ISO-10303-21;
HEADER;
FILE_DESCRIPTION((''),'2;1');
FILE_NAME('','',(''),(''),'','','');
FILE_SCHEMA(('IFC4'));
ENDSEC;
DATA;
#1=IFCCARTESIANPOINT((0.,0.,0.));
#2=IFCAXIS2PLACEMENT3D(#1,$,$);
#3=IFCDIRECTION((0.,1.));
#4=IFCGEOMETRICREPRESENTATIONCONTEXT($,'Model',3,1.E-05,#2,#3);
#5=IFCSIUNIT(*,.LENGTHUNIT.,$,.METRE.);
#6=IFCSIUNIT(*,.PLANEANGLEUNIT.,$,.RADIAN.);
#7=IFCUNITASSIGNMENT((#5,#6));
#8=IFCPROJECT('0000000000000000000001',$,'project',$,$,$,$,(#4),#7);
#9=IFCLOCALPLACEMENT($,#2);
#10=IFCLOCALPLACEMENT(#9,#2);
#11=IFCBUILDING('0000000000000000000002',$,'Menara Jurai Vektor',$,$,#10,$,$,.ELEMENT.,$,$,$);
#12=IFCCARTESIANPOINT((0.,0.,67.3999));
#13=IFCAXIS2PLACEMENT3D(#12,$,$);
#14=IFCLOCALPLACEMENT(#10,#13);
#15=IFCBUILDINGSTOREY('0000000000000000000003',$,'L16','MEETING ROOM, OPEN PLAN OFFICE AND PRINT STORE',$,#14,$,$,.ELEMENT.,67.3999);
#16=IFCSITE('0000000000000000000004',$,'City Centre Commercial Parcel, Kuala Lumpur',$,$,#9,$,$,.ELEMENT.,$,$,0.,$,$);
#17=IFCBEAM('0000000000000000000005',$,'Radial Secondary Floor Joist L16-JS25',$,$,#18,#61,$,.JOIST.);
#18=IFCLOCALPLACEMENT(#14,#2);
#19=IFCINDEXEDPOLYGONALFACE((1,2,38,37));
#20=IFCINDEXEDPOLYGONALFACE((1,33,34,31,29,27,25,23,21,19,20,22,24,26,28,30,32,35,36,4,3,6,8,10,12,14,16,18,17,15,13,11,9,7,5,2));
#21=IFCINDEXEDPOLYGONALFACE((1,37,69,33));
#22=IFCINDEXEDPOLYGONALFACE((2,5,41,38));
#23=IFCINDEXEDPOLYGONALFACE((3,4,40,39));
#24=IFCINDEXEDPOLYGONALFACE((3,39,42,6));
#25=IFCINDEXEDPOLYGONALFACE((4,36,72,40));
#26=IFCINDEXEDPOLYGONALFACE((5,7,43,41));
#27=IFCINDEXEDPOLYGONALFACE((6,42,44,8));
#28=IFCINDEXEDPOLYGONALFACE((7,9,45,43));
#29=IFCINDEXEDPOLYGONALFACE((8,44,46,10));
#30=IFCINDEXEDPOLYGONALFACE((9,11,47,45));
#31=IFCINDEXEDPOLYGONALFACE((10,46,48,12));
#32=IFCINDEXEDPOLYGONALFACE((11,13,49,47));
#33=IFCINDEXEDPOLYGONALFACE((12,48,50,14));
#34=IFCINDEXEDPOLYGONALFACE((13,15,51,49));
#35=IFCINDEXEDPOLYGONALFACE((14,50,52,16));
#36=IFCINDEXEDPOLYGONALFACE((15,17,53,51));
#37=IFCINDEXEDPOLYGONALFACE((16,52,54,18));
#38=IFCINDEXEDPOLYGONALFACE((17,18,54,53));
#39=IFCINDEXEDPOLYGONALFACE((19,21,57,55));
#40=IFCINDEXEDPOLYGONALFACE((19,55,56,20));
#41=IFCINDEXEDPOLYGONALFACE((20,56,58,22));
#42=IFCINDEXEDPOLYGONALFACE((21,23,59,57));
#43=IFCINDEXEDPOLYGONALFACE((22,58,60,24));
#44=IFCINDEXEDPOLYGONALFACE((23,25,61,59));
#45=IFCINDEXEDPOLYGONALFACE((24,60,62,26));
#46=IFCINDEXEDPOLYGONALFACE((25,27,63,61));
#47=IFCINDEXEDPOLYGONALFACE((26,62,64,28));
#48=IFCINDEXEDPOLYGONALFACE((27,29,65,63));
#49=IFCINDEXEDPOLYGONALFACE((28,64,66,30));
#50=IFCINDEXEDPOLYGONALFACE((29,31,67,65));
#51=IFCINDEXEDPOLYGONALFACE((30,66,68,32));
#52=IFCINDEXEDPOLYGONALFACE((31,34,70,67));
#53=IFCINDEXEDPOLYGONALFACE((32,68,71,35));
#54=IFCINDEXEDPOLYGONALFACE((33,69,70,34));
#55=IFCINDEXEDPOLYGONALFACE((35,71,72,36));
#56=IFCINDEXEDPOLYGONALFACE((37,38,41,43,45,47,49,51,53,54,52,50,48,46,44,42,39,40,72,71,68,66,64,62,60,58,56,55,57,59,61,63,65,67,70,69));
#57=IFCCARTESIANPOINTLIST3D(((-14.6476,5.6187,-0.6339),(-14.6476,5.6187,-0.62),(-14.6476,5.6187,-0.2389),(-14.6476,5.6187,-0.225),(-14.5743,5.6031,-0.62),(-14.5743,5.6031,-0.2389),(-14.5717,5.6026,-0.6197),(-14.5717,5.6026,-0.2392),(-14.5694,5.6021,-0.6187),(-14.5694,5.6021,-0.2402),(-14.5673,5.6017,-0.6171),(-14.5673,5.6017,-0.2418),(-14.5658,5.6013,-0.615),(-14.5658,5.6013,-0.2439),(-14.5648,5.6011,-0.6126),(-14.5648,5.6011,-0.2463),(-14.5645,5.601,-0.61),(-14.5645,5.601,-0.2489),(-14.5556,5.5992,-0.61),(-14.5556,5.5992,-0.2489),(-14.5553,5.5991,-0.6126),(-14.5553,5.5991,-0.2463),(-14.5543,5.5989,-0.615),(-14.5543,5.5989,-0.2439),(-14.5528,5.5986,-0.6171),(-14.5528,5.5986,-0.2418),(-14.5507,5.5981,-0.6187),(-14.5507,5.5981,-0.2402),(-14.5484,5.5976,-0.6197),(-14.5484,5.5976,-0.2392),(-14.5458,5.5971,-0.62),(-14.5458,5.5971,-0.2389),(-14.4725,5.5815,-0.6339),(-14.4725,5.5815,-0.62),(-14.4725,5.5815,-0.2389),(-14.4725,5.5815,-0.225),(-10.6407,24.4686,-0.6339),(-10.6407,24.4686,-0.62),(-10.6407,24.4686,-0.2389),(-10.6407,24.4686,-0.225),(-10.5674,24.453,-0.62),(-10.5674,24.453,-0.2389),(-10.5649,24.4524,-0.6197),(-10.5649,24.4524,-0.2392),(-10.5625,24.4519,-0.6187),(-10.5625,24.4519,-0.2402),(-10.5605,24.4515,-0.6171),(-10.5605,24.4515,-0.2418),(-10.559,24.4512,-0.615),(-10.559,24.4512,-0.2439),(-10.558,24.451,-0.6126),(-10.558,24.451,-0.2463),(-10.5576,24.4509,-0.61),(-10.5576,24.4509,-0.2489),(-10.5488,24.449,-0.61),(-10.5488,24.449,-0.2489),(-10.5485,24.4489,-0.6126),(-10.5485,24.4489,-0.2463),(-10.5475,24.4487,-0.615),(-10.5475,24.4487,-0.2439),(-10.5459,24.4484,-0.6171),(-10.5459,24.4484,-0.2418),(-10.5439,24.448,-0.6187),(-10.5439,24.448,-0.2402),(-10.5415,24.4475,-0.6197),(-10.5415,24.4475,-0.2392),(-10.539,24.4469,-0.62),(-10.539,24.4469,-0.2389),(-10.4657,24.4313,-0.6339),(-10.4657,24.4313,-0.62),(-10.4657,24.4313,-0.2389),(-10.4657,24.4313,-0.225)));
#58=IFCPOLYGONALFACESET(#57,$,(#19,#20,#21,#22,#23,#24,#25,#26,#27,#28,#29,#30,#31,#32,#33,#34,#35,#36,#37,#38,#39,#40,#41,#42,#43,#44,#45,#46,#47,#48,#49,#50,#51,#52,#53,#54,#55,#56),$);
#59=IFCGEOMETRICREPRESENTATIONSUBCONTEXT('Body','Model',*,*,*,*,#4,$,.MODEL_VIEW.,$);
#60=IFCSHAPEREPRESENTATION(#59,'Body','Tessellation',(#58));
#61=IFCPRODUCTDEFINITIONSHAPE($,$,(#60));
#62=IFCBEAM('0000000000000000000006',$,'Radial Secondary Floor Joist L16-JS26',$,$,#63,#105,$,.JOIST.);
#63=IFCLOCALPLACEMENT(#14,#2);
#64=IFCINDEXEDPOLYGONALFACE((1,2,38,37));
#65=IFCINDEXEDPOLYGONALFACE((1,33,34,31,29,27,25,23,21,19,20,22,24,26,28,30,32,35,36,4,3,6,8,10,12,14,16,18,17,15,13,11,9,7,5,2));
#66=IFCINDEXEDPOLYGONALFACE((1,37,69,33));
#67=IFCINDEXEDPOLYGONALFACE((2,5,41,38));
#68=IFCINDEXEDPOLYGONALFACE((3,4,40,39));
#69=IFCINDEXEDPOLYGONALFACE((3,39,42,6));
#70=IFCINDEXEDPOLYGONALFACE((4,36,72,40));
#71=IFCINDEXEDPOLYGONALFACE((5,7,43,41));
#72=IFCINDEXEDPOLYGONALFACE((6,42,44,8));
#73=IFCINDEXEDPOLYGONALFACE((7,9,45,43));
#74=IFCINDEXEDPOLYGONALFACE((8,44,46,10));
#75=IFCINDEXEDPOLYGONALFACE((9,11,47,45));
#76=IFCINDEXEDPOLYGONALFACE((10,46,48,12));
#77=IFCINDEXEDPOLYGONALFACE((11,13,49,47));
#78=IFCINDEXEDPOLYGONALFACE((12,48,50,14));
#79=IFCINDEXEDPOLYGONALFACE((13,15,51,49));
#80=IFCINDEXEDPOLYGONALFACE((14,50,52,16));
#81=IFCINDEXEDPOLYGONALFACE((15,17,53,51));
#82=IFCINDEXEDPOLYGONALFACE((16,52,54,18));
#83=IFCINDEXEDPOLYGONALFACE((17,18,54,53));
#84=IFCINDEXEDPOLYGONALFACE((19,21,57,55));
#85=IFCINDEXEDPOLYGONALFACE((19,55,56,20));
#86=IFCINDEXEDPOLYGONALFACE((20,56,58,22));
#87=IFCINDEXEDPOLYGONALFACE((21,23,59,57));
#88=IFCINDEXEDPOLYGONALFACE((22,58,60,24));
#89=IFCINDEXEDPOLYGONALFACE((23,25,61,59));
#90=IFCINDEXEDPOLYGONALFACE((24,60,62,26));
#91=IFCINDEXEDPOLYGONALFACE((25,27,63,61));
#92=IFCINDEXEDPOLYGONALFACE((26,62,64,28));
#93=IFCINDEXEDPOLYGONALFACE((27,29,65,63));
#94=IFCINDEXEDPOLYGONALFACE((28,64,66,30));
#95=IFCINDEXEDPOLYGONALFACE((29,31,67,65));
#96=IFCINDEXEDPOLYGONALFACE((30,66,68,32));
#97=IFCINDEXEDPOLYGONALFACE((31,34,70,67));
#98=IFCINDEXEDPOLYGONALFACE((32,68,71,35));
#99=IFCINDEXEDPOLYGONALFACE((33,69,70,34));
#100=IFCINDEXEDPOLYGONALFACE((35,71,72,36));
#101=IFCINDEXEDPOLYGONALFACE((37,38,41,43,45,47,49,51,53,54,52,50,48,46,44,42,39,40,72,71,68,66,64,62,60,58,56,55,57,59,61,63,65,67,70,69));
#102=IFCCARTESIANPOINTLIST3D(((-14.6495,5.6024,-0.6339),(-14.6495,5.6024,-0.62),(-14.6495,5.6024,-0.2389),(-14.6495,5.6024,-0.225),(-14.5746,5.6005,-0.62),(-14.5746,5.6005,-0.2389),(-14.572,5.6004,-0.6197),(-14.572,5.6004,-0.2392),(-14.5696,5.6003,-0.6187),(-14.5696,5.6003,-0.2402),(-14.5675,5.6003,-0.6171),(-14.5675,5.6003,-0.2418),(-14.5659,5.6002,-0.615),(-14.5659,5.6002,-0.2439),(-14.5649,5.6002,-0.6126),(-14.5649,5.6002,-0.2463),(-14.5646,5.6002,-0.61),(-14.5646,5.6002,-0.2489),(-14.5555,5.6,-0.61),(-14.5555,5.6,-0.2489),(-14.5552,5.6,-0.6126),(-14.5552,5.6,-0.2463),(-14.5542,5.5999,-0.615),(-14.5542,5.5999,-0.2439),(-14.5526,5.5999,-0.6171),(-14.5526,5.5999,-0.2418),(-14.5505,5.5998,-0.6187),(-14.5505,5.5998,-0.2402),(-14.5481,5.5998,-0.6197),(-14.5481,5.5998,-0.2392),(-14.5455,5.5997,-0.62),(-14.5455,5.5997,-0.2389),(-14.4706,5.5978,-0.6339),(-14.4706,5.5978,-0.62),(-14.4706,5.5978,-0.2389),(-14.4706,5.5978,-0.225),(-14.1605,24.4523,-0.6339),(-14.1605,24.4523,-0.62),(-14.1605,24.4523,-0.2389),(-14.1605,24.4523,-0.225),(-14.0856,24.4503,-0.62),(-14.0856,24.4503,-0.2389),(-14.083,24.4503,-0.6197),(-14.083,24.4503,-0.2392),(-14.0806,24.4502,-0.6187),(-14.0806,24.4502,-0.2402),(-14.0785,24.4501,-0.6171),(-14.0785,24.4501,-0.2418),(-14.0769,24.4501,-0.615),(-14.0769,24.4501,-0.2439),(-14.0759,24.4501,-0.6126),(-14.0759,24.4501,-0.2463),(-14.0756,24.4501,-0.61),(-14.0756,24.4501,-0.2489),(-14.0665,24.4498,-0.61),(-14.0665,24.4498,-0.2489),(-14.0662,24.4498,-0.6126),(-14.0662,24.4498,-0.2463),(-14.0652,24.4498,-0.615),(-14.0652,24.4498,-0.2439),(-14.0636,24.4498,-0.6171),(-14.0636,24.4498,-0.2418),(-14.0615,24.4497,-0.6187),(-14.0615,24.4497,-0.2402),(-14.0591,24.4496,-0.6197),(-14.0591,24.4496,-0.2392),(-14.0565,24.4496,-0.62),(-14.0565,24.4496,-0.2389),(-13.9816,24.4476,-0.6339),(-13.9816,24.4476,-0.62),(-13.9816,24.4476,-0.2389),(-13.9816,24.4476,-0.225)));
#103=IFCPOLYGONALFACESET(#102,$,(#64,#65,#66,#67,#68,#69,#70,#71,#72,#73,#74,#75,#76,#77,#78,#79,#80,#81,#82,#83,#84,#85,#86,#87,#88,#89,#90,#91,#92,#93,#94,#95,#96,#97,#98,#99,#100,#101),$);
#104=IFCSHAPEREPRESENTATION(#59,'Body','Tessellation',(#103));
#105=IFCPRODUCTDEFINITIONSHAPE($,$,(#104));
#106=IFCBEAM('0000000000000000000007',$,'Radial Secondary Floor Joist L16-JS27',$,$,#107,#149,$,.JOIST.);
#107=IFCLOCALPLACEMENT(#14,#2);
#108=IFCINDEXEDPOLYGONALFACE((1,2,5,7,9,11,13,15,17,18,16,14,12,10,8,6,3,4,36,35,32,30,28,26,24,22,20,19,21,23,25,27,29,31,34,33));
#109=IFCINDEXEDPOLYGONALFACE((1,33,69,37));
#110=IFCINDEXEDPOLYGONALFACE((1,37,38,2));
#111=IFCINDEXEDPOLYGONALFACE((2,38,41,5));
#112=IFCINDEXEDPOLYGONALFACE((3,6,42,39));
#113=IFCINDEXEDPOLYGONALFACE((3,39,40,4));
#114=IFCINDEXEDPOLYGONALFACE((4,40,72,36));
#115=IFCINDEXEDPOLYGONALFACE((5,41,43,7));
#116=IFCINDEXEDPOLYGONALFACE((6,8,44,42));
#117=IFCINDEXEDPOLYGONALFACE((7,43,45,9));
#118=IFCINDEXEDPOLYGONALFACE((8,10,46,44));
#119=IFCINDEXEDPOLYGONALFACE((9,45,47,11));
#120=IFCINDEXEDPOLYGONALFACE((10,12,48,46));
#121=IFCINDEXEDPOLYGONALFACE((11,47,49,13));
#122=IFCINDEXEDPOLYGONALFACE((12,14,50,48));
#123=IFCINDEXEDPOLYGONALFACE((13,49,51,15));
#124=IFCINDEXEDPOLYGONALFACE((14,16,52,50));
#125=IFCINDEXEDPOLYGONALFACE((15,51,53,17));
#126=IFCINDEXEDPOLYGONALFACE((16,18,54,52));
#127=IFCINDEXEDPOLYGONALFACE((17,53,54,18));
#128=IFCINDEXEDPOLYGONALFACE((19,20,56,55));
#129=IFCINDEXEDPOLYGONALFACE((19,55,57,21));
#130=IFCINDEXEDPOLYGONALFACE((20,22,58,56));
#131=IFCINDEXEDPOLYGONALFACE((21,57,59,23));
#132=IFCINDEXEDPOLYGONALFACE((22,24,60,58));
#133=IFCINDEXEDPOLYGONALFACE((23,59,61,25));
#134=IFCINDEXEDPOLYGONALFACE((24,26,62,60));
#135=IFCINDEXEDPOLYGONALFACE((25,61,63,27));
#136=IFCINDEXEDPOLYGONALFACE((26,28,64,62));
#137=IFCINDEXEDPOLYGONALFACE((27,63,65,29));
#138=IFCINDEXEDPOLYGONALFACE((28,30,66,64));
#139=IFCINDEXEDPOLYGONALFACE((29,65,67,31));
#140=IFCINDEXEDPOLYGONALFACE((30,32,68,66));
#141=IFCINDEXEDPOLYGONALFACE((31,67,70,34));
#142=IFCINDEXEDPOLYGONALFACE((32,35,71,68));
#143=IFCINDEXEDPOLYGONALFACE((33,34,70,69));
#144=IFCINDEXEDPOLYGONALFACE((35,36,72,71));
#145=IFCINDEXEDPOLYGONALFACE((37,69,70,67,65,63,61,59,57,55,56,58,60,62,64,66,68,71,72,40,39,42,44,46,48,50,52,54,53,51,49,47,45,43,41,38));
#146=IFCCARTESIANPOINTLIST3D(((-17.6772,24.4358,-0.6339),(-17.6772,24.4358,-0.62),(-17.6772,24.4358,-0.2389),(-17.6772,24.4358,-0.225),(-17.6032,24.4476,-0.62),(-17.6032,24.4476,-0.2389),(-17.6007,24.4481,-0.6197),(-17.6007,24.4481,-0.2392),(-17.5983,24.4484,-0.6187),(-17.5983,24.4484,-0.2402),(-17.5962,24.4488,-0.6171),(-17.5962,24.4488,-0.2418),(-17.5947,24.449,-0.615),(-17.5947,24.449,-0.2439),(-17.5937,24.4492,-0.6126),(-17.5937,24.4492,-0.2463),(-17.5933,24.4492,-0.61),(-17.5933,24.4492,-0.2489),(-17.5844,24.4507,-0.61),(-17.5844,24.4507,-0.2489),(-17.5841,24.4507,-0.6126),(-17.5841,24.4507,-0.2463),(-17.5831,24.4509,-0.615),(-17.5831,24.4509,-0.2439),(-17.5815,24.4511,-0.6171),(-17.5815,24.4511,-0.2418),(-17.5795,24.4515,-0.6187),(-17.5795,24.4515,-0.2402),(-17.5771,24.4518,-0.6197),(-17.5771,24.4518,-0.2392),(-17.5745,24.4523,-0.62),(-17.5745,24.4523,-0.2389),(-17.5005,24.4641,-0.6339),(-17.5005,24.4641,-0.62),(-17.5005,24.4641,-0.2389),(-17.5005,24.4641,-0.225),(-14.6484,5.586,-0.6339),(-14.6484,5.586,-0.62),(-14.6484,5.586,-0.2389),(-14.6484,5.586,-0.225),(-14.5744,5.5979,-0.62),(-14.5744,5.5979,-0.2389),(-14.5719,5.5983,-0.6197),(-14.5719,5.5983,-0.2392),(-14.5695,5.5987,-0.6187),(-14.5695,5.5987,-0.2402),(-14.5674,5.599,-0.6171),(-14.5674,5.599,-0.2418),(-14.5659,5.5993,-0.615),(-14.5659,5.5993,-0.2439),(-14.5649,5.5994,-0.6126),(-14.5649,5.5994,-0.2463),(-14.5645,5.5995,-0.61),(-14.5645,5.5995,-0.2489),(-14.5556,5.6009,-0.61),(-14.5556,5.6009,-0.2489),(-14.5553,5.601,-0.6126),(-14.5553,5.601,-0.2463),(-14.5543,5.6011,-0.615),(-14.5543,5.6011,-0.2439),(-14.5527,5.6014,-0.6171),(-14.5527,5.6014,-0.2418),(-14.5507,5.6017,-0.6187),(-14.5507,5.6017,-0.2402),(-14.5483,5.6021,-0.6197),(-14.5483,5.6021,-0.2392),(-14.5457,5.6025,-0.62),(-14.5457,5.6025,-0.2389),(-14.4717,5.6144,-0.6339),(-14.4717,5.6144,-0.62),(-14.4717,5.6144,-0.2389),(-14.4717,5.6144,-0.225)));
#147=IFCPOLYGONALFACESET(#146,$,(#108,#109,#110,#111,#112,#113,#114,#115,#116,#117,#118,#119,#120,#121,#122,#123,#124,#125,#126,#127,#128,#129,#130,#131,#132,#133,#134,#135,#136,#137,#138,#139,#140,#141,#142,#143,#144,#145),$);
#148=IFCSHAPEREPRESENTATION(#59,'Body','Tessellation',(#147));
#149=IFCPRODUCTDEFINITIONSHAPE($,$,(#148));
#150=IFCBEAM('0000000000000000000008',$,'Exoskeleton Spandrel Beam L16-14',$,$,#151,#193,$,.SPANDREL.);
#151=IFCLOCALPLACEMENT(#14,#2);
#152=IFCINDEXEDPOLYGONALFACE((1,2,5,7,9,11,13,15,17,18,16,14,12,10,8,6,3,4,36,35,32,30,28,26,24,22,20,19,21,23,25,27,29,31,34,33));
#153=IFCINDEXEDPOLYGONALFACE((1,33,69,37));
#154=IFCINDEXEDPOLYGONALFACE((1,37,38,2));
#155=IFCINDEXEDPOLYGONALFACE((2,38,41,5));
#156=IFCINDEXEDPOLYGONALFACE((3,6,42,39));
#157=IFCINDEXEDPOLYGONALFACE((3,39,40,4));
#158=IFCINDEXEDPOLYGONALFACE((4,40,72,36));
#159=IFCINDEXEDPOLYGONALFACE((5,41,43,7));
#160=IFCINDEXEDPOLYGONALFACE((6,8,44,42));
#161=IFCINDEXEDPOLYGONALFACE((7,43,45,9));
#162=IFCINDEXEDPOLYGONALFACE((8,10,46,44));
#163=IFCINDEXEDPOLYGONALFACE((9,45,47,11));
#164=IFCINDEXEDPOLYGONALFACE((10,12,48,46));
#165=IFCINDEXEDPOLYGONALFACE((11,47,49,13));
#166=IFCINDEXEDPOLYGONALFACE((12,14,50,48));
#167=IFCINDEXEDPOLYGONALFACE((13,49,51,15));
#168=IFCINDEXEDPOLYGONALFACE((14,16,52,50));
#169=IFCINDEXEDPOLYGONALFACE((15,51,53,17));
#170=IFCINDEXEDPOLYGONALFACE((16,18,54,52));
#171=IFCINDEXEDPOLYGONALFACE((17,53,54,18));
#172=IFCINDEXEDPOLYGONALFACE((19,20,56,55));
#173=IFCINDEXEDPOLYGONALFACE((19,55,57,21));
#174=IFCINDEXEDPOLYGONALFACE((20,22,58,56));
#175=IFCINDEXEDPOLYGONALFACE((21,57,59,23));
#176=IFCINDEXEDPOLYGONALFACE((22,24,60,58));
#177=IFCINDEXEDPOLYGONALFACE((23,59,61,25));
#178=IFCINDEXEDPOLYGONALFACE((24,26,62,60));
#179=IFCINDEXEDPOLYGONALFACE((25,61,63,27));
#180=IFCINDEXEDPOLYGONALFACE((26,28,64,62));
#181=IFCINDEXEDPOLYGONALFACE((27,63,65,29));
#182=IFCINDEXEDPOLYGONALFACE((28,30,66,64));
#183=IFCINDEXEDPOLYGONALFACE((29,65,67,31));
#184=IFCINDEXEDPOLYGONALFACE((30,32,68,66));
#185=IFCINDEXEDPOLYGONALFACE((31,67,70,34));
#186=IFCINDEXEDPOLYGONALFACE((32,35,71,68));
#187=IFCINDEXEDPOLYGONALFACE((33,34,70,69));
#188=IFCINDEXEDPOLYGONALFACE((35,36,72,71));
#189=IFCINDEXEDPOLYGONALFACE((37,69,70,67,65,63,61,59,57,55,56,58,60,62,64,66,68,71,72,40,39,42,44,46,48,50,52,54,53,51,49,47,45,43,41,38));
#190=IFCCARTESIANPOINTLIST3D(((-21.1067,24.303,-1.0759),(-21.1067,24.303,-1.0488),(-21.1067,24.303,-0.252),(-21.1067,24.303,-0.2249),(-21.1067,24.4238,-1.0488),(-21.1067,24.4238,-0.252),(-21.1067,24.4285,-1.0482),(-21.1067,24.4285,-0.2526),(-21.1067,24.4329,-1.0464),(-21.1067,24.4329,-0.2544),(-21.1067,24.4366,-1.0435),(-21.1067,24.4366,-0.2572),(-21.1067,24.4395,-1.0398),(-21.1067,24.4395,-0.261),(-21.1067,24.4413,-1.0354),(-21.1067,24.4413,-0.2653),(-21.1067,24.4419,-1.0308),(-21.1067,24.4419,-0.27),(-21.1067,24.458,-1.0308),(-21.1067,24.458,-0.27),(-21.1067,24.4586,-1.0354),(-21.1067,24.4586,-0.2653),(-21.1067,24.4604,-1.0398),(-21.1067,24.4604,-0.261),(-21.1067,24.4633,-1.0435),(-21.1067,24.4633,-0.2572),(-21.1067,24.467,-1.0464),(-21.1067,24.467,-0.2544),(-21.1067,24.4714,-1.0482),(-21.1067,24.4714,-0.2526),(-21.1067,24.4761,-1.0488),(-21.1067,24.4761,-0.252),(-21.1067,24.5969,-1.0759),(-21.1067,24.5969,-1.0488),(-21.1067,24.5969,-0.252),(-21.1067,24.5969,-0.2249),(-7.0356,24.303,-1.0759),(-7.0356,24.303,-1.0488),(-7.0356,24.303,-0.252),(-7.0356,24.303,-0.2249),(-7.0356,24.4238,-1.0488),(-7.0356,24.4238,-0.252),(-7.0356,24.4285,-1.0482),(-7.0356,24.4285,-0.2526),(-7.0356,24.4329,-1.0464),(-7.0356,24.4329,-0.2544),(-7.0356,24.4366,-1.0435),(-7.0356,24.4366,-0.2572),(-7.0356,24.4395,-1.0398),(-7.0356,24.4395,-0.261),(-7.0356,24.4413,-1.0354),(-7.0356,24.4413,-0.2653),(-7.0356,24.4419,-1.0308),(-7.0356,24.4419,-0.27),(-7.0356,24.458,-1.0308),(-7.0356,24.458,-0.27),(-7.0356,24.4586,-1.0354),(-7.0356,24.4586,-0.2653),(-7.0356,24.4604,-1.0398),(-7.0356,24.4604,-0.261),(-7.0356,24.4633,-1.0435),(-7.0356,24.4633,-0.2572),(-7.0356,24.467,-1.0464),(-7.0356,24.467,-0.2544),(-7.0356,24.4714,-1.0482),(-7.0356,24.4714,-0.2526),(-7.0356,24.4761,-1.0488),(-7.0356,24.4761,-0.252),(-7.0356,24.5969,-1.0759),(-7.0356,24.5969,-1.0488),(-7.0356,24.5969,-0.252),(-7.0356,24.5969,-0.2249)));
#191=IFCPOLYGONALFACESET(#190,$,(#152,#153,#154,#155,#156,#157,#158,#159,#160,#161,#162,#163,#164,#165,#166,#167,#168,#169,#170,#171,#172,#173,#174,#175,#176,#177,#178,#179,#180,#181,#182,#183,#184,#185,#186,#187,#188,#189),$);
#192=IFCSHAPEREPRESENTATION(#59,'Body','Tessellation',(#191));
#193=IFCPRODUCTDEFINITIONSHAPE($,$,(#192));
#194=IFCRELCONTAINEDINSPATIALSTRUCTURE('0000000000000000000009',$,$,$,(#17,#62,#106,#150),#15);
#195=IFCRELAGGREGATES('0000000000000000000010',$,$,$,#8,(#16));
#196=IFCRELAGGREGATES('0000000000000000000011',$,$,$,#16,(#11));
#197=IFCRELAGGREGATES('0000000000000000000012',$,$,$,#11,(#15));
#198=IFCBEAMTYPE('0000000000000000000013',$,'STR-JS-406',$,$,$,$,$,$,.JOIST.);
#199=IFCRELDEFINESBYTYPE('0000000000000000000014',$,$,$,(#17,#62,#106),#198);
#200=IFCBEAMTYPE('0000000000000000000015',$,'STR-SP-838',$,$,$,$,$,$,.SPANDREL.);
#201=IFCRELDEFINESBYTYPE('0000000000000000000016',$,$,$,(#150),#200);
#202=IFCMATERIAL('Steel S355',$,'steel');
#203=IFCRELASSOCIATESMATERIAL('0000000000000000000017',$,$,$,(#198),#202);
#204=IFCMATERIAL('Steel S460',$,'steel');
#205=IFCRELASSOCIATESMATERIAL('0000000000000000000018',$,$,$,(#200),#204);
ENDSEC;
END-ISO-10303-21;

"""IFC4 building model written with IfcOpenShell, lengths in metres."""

from ifc_helpers import new_model, si_unit, direction, frame, origin, origin_2d, place, context, subcontext, project, spatial, i_section, extrude, material, material_profile, profile_set, type_object, element, save


model = new_model("IFC4")

# Units and contexts
model_context = context("Model", 3, precision=1e-05, world=origin(), true_north=direction((0.0, 1.0)))
body_context = subcontext(model_context, "Body", "Model", "MODEL_VIEW")
ifc_project = project(units=[si_unit("LENGTHUNIT", "METRE"), si_unit("PLANEANGLEUNIT", "RADIAN")], contexts=[model_context])

# Site, building, storey
site_placement = place(None, origin())
site = spatial("IfcSite", under=ifc_project, at=site_placement, Name="City Centre Commercial Parcel, Kuala Lumpur", CompositionType="ELEMENT", RefElevation=0.0)
building_placement = place(site_placement, origin())
building = spatial("IfcBuilding", under=site, at=building_placement, Name="Menara Jurai Vektor", CompositionType="ELEMENT")
storey_placement = place(building_placement, frame((0.0, 0.0, 67.3999)))
storey = spatial("IfcBuildingStorey", under=building, at=storey_placement, Name="L16", Description="MEETING ROOM, OPEN PLAN OFFICE AND PRINT STORE", CompositionType="ELEMENT", Elevation=67.3999)

# Shared definitions
ifc_material_1 = material(Name="Steel S460", Category="steel")

# Beams
ifc_material_2 = material(Name="Steel S355", Category="steel")
ifc_material_profile_1 = material_profile(ifc_material_2, i_section(OverallWidth=0.179, OverallDepth=0.4089, WebThickness=0.009, FlangeThickness=0.0139, FilletRadius=0.01, at=origin_2d()), Name="UKB 406x178x67")
ifc_profile_set_1 = profile_set([ifc_material_profile_1], Name="Steel S355")
beam_type_1 = type_object("IfcBeamType", Name="STR-JS-406", PredefinedType="JOIST", material=ifc_profile_set_1)
beam_1_placement = place(storey_placement, frame((-10.5532, 24.45, -0.4294), z_axis=(-0.20792, -0.978146, 0.0), x_axis=(0.978146, -0.20792, 0.0)))
element("IfcBeam", 1, at=beam_1_placement, inside=storey, type_object=beam_type_1, Name="Radial Secondary Floor Joist L16-JS25", PredefinedType="JOIST", context=body_context, shape_type="SweptSolid", body=[
    extrude(i_section(OverallWidth=0.179, OverallDepth=0.4089, WebThickness=0.009, FlangeThickness=0.0139, FilletRadius=0.01, at=origin_2d()), origin(), (0.0, 0.0, 1.0), 19.271),
])
beam_2_placement = place(storey_placement, frame((-14.071, 24.45, -0.4294), z_axis=(-0.025934, -0.999664, 0.0), x_axis=(0.999664, -0.025934, 0.0)))
element("IfcBeam", 2, at=beam_2_placement, inside=storey, type_object=beam_type_1, Name="Radial Secondary Floor Joist L16-JS26", PredefinedType="JOIST", context=body_context, shape_type="SweptSolid", body=[
    extrude(i_section(OverallWidth=0.179, OverallDepth=0.4089, WebThickness=0.009, FlangeThickness=0.0139, FilletRadius=0.01, at=origin_2d()), origin(), (0.0, 0.0, 1.0), 18.8562),
])
beam_3_placement = place(storey_placement, frame((-17.5889, 24.45, -0.4294), z_axis=(0.158646, -0.987336, 0.0), x_axis=(0.987336, 0.158646, 0.0)))
element("IfcBeam", 3, at=beam_3_placement, inside=storey, type_object=beam_type_1, Name="Radial Secondary Floor Joist L16-JS27", PredefinedType="JOIST", context=body_context, shape_type="SweptSolid", body=[
    extrude(i_section(OverallWidth=0.179, OverallDepth=0.4089, WebThickness=0.009, FlangeThickness=0.0139, FilletRadius=0.01, at=origin_2d()), origin(), (0.0, 0.0, 1.0), 19.0916),
])
ifc_material_profile_2 = material_profile(ifc_material_1, i_section(OverallWidth=0.2939, OverallDepth=0.8511, WebThickness=0.0161, FlangeThickness=0.0271, FilletRadius=0.0181, at=origin_2d()), Name="UKB 838x292x226")
ifc_profile_set_2 = profile_set([ifc_material_profile_2], Name="Steel S460")
beam_type_2 = type_object("IfcBeamType", Name="STR-SP-838", PredefinedType="SPANDREL", material=ifc_profile_set_2)
for number, where, z_axis, x_axis, name in (
    (4, (-7.0356, 24.45, -0.6504), (-1.0, 0.0, 0.0), (0.0, -1.0, 0.0), "Exoskeleton Spandrel Beam L16-14"),
):
    element("IfcBeam", number, at=place(storey_placement, frame(where, z_axis=z_axis, x_axis=x_axis)), inside=storey, type_object=beam_type_2, Name=name, PredefinedType="SPANDREL", context=body_context, shape_type="SweptSolid", body=[
        extrude(i_section(OverallWidth=0.2939, OverallDepth=0.8511, WebThickness=0.0161, FlangeThickness=0.0271, FilletRadius=0.0181, at=origin_2d()), origin(), (0.0, 0.0, 1.0), 14.071),
    ])

save(model, "model.ifc")
